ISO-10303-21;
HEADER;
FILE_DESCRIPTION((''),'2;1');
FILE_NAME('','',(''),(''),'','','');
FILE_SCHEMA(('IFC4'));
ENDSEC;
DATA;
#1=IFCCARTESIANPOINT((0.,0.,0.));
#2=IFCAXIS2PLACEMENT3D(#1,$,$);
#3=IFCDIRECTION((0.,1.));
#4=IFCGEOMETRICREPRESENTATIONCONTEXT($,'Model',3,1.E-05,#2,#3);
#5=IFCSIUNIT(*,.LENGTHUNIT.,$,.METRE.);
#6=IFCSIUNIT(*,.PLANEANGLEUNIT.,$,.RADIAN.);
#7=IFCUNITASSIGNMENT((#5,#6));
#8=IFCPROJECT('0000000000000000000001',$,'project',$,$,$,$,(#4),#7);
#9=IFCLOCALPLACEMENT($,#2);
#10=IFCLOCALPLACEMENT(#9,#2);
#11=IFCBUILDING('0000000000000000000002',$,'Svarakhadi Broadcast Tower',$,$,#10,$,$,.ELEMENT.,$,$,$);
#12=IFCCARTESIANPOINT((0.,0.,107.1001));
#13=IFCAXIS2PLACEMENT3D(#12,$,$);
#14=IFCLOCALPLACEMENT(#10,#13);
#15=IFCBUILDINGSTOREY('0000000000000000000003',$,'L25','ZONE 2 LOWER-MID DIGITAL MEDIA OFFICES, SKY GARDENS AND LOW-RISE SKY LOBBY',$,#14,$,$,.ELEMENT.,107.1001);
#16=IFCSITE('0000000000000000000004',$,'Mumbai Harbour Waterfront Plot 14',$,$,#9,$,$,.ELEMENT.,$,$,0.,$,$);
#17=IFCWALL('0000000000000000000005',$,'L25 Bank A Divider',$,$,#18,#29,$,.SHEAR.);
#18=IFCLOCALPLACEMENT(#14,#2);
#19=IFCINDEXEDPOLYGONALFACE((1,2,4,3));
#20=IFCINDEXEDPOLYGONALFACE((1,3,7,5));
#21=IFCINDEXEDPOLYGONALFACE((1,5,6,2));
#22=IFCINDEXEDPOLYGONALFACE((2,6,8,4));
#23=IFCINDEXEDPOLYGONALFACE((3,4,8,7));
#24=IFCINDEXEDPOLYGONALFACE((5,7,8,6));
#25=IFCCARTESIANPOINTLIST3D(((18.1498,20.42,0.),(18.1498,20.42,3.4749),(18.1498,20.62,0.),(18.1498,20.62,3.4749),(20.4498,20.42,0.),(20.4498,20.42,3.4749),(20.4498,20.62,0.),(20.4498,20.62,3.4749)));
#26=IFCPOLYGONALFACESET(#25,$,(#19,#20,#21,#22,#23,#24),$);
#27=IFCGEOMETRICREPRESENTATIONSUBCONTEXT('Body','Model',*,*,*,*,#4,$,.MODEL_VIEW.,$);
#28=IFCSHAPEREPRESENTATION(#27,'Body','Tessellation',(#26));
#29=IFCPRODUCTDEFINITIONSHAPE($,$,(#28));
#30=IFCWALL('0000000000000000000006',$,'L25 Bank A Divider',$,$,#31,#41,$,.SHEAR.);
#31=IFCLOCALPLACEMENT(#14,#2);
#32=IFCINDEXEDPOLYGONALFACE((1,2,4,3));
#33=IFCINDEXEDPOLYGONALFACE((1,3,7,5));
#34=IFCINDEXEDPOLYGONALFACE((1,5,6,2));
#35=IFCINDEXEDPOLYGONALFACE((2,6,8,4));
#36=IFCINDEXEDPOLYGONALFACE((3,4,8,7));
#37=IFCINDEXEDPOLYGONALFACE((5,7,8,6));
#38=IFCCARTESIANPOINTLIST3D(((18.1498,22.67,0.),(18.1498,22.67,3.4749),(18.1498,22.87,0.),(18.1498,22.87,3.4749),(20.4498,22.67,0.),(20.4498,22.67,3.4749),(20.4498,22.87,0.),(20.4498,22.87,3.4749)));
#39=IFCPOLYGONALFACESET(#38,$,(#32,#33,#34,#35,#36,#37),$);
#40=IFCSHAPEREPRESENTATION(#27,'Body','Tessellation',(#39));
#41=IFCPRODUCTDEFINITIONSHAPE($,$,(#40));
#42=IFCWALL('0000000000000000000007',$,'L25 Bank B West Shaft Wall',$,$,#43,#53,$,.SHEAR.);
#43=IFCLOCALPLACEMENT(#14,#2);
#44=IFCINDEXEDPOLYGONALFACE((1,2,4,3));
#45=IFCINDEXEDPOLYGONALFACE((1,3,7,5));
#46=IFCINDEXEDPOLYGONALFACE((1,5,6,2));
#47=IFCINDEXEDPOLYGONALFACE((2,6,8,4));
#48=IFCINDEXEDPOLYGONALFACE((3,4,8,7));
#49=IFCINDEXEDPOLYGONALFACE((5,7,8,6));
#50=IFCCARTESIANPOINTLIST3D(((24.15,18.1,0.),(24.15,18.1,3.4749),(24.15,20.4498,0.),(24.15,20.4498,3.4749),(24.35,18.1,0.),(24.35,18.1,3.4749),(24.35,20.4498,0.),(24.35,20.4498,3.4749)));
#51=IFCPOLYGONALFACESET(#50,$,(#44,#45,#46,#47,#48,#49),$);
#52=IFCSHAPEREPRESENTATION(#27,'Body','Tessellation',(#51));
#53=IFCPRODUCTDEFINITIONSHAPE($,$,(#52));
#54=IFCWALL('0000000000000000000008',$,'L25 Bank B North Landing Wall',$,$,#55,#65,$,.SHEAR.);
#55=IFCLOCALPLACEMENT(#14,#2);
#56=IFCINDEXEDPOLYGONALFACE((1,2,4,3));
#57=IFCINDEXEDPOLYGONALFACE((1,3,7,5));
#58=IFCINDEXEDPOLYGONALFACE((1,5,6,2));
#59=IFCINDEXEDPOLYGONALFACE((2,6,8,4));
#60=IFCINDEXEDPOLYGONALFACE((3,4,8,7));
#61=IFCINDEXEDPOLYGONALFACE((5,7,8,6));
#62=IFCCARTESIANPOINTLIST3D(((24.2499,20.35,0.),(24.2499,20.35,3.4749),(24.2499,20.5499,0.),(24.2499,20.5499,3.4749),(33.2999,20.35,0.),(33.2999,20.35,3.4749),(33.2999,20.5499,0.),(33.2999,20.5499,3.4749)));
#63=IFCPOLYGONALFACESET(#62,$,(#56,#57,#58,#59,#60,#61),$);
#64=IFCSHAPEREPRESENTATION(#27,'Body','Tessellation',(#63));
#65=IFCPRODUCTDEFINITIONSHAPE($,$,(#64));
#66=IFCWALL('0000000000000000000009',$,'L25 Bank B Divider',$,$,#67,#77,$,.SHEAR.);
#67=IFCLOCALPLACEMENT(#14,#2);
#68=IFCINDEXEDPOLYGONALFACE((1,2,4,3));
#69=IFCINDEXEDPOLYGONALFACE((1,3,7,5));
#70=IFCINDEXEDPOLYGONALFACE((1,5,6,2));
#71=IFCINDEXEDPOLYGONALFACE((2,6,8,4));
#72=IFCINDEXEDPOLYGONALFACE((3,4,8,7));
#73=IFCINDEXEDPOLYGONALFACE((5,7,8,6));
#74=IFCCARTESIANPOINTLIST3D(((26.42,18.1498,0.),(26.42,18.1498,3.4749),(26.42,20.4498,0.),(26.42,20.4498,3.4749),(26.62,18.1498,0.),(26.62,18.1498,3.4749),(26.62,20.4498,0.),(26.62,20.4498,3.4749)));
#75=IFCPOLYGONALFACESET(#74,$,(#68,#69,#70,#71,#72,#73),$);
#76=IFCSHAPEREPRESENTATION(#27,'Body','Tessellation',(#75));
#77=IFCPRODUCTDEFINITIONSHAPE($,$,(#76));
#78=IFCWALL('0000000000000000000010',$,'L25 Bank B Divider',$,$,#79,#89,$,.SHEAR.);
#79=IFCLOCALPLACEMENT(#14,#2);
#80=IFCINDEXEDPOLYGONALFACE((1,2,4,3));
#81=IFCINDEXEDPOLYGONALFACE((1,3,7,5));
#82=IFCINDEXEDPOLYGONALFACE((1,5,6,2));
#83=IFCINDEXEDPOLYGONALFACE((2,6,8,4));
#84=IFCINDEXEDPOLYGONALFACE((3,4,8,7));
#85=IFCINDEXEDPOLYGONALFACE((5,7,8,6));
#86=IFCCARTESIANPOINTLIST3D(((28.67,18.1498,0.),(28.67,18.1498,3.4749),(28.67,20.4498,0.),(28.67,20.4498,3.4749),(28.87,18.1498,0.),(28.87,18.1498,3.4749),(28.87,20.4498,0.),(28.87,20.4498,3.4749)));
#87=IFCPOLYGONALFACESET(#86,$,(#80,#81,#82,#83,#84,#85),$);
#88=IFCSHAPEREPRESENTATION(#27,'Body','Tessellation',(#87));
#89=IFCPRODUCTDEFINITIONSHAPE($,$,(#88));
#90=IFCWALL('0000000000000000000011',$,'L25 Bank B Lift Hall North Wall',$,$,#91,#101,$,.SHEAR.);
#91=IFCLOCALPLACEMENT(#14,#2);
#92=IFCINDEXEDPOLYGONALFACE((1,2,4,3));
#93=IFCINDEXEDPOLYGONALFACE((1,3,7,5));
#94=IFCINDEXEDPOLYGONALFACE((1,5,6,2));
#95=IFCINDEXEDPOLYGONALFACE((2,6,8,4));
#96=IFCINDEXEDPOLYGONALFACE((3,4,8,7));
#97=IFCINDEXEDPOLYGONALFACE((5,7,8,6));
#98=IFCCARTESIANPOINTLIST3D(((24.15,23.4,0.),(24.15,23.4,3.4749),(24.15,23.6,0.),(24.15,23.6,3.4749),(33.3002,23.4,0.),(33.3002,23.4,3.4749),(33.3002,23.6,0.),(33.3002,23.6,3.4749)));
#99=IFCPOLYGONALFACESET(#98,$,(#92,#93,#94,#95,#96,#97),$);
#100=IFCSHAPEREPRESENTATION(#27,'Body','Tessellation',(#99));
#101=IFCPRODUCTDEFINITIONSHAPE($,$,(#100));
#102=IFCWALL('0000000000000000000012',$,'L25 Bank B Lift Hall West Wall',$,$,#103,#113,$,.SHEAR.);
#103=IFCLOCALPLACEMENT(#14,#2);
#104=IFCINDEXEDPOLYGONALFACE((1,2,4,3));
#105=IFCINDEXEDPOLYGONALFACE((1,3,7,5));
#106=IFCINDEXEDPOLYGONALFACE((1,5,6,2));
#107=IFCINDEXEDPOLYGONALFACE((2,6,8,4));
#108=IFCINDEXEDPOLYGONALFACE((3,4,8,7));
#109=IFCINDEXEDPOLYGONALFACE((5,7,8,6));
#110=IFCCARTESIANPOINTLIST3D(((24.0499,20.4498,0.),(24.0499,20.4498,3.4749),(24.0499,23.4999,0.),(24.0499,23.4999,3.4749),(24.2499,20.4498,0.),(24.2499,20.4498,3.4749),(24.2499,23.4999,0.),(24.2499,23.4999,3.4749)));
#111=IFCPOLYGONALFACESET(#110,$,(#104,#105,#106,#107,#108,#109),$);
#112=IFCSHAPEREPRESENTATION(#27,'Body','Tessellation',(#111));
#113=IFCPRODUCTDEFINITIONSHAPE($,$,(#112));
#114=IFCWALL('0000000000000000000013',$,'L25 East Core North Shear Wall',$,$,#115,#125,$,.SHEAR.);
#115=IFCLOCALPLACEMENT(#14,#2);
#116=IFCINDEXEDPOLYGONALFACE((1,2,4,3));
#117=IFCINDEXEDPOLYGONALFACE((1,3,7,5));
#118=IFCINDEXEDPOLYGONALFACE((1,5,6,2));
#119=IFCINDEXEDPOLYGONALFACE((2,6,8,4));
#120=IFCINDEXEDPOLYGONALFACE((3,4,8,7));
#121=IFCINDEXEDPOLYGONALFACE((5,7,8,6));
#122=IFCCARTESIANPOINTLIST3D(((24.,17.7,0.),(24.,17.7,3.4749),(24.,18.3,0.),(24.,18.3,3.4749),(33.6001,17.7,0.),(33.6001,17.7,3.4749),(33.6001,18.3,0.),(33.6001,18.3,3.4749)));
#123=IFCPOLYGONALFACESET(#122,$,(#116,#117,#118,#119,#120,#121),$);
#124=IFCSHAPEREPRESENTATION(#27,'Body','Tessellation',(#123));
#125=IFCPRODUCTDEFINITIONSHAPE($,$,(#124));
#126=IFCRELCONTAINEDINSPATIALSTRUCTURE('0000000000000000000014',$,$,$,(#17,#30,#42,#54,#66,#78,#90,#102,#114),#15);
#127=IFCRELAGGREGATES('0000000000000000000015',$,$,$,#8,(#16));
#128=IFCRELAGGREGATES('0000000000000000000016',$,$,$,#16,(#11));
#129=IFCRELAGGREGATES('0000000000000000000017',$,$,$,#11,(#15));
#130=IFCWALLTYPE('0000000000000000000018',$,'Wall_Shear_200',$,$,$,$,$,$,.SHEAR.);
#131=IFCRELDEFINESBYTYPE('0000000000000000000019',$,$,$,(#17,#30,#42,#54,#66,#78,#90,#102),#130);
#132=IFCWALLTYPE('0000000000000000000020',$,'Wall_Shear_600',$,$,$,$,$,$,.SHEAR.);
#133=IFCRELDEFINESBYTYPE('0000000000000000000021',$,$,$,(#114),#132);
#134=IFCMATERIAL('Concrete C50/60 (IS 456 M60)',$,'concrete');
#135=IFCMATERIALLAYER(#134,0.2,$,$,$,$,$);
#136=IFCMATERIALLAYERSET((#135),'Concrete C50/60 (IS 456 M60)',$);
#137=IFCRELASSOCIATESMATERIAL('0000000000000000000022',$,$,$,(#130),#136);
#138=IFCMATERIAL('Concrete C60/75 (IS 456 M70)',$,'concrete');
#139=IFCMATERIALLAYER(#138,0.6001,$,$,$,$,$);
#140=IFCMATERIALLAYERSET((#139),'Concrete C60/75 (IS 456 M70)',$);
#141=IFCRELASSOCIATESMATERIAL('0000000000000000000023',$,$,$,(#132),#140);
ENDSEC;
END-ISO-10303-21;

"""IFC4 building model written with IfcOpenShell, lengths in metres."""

from ifc_helpers import new_model, si_unit, direction, frame, frame_2d, origin, place, context, subcontext, project, spatial, rectangle, extrude, material, layer, layer_set, type_object, element, save


model = new_model("IFC4")

# Units and contexts
model_context = context("Model", 3, precision=1e-05, world=origin(), true_north=direction((0.0, 1.0)))
body_context = subcontext(model_context, "Body", "Model", "MODEL_VIEW")
ifc_project = project(units=[si_unit("LENGTHUNIT", "METRE"), si_unit("PLANEANGLEUNIT", "RADIAN")], contexts=[model_context])

# Site, building, storey
site_placement = place(None, origin())
site = spatial("IfcSite", under=ifc_project, at=site_placement, Name="Mumbai Harbour Waterfront Plot 14", CompositionType="ELEMENT", RefElevation=0.0)
building_placement = place(site_placement, origin())
building = spatial("IfcBuilding", under=site, at=building_placement, Name="Svarakhadi Broadcast Tower", CompositionType="ELEMENT")
storey_placement = place(building_placement, frame((0.0, 0.0, 107.1001)))
storey = spatial("IfcBuildingStorey", under=building, at=storey_placement, Name="L25", Description="ZONE 2 LOWER-MID DIGITAL MEDIA OFFICES, SKY GARDENS AND LOW-RISE SKY LOBBY", CompositionType="ELEMENT", Elevation=107.1001)

# Shared definitions
ifc_material_1 = material(Name="Concrete C50/60 (IS 456 M60)", Category="concrete")
ifc_layer_1 = layer(ifc_material_1, 0.2)
ifc_layer_set_1 = layer_set([ifc_layer_1], Name="Concrete C50/60 (IS 456 M60)")
wall_type_1 = type_object("IfcWallType", Name="Wall_Shear_200", PredefinedType="SHEAR", material=ifc_layer_set_1)

# Walls
for number, where, z_axis, x_axis, name in (
    (1, (18.1499, 20.52, 0.0), (0.0, 0.0, 1.0), (1.0, 0.0, 0.0), "L25 Bank A Divider"),
    (2, (18.1499, 22.77, 0.0), (0.0, 0.0, 1.0), (1.0, 0.0, 0.0), "L25 Bank A Divider"),
):
    element("IfcWall", number, at=place(storey_placement, frame(where, z_axis=z_axis, x_axis=x_axis)), inside=storey, type_object=wall_type_1, Name=name, PredefinedType="SHEAR", context=body_context, shape_type="SweptSolid", body=[
        extrude(rectangle(XDim=2.3, YDim=0.2, at=frame_2d((1.1499, 0.0))), origin(), (0.0, 0.0, 1.0), 3.4749),
    ])
wall_1_placement = place(storey_placement, frame((24.25, 18.1001, 0.0), z_axis=(0.0, 0.0, 1.0), x_axis=(0.0, 1.0, 0.0)))
element("IfcWall", 3, at=wall_1_placement, inside=storey, type_object=wall_type_1, Name="L25 Bank B West Shaft Wall", PredefinedType="SHEAR", context=body_context, shape_type="SweptSolid", body=[
    extrude(rectangle(XDim=2.3499, YDim=0.2, at=frame_2d((1.1748, 0.0))), origin(), (0.0, 0.0, 1.0), 3.4749),
])
wall_2_placement = place(storey_placement, frame((24.25, 20.45, 0.0), z_axis=(0.0, 0.0, 1.0), x_axis=(1.0, 0.0, 0.0)))
element("IfcWall", 4, at=wall_2_placement, inside=storey, type_object=wall_type_1, Name="L25 Bank B North Landing Wall", PredefinedType="SHEAR", context=body_context, shape_type="SweptSolid", body=[
    extrude(rectangle(XDim=9.05, YDim=0.2, at=frame_2d((4.5249, 0.0))), origin(), (0.0, 0.0, 1.0), 3.4749),
])
for number, where, z_axis, x_axis, name in (
    (5, (26.52, 18.1499, 0.0), (0.0, 0.0, 1.0), (0.0, 1.0, 0.0), "L25 Bank B Divider"),
    (6, (28.77, 18.1499, 0.0), (0.0, 0.0, 1.0), (0.0, 1.0, 0.0), "L25 Bank B Divider"),
):
    element("IfcWall", number, at=place(storey_placement, frame(where, z_axis=z_axis, x_axis=x_axis)), inside=storey, type_object=wall_type_1, Name=name, PredefinedType="SHEAR", context=body_context, shape_type="SweptSolid", body=[
        extrude(rectangle(XDim=2.3, YDim=0.2, at=frame_2d((1.1499, 0.0))), origin(), (0.0, 0.0, 1.0), 3.4749),
    ])
wall_3_placement = place(storey_placement, frame((24.1499, 23.5, 0.0), z_axis=(0.0, 0.0, 1.0), x_axis=(1.0, 0.0, 0.0)))
element("IfcWall", 7, at=wall_3_placement, inside=storey, type_object=wall_type_1, Name="L25 Bank B Lift Hall North Wall", PredefinedType="SHEAR", context=body_context, shape_type="SweptSolid", body=[
    extrude(rectangle(XDim=9.1501, YDim=0.2, at=frame_2d((4.5752, 0.0))), origin(), (0.0, 0.0, 1.0), 3.4749),
])
wall_4_placement = place(storey_placement, frame((24.1499, 20.45, 0.0), z_axis=(0.0, 0.0, 1.0), x_axis=(0.0, 1.0, 0.0)))
element("IfcWall", 8, at=wall_4_placement, inside=storey, type_object=wall_type_1, Name="L25 Bank B Lift Hall West Wall", PredefinedType="SHEAR", context=body_context, shape_type="SweptSolid", body=[
    extrude(rectangle(XDim=3.05, YDim=0.2, at=frame_2d((1.5249, 0.0))), origin(), (0.0, 0.0, 1.0), 3.4749),
])
ifc_material_2 = material(Name="Concrete C60/75 (IS 456 M70)", Category="concrete")
ifc_layer_2 = layer(ifc_material_2, 0.6001)
ifc_layer_set_2 = layer_set([ifc_layer_2], Name="Concrete C60/75 (IS 456 M70)")
wall_type_2 = type_object("IfcWallType", Name="Wall_Shear_600", PredefinedType="SHEAR", material=ifc_layer_set_2)
wall_5_placement = place(storey_placement, frame((24.0, 18.0, 0.0), z_axis=(0.0, 0.0, 1.0), x_axis=(1.0, 0.0, 0.0)))
element("IfcWall", 9, at=wall_5_placement, inside=storey, type_object=wall_type_2, Name="L25 East Core North Shear Wall", PredefinedType="SHEAR", context=body_context, shape_type="SweptSolid", body=[
    extrude(rectangle(XDim=9.6001, YDim=0.6001, at=frame_2d((4.8, 0.0))), origin(), (0.0, 0.0, 1.0), 3.4749),
])

save(model, "model.ifc")
